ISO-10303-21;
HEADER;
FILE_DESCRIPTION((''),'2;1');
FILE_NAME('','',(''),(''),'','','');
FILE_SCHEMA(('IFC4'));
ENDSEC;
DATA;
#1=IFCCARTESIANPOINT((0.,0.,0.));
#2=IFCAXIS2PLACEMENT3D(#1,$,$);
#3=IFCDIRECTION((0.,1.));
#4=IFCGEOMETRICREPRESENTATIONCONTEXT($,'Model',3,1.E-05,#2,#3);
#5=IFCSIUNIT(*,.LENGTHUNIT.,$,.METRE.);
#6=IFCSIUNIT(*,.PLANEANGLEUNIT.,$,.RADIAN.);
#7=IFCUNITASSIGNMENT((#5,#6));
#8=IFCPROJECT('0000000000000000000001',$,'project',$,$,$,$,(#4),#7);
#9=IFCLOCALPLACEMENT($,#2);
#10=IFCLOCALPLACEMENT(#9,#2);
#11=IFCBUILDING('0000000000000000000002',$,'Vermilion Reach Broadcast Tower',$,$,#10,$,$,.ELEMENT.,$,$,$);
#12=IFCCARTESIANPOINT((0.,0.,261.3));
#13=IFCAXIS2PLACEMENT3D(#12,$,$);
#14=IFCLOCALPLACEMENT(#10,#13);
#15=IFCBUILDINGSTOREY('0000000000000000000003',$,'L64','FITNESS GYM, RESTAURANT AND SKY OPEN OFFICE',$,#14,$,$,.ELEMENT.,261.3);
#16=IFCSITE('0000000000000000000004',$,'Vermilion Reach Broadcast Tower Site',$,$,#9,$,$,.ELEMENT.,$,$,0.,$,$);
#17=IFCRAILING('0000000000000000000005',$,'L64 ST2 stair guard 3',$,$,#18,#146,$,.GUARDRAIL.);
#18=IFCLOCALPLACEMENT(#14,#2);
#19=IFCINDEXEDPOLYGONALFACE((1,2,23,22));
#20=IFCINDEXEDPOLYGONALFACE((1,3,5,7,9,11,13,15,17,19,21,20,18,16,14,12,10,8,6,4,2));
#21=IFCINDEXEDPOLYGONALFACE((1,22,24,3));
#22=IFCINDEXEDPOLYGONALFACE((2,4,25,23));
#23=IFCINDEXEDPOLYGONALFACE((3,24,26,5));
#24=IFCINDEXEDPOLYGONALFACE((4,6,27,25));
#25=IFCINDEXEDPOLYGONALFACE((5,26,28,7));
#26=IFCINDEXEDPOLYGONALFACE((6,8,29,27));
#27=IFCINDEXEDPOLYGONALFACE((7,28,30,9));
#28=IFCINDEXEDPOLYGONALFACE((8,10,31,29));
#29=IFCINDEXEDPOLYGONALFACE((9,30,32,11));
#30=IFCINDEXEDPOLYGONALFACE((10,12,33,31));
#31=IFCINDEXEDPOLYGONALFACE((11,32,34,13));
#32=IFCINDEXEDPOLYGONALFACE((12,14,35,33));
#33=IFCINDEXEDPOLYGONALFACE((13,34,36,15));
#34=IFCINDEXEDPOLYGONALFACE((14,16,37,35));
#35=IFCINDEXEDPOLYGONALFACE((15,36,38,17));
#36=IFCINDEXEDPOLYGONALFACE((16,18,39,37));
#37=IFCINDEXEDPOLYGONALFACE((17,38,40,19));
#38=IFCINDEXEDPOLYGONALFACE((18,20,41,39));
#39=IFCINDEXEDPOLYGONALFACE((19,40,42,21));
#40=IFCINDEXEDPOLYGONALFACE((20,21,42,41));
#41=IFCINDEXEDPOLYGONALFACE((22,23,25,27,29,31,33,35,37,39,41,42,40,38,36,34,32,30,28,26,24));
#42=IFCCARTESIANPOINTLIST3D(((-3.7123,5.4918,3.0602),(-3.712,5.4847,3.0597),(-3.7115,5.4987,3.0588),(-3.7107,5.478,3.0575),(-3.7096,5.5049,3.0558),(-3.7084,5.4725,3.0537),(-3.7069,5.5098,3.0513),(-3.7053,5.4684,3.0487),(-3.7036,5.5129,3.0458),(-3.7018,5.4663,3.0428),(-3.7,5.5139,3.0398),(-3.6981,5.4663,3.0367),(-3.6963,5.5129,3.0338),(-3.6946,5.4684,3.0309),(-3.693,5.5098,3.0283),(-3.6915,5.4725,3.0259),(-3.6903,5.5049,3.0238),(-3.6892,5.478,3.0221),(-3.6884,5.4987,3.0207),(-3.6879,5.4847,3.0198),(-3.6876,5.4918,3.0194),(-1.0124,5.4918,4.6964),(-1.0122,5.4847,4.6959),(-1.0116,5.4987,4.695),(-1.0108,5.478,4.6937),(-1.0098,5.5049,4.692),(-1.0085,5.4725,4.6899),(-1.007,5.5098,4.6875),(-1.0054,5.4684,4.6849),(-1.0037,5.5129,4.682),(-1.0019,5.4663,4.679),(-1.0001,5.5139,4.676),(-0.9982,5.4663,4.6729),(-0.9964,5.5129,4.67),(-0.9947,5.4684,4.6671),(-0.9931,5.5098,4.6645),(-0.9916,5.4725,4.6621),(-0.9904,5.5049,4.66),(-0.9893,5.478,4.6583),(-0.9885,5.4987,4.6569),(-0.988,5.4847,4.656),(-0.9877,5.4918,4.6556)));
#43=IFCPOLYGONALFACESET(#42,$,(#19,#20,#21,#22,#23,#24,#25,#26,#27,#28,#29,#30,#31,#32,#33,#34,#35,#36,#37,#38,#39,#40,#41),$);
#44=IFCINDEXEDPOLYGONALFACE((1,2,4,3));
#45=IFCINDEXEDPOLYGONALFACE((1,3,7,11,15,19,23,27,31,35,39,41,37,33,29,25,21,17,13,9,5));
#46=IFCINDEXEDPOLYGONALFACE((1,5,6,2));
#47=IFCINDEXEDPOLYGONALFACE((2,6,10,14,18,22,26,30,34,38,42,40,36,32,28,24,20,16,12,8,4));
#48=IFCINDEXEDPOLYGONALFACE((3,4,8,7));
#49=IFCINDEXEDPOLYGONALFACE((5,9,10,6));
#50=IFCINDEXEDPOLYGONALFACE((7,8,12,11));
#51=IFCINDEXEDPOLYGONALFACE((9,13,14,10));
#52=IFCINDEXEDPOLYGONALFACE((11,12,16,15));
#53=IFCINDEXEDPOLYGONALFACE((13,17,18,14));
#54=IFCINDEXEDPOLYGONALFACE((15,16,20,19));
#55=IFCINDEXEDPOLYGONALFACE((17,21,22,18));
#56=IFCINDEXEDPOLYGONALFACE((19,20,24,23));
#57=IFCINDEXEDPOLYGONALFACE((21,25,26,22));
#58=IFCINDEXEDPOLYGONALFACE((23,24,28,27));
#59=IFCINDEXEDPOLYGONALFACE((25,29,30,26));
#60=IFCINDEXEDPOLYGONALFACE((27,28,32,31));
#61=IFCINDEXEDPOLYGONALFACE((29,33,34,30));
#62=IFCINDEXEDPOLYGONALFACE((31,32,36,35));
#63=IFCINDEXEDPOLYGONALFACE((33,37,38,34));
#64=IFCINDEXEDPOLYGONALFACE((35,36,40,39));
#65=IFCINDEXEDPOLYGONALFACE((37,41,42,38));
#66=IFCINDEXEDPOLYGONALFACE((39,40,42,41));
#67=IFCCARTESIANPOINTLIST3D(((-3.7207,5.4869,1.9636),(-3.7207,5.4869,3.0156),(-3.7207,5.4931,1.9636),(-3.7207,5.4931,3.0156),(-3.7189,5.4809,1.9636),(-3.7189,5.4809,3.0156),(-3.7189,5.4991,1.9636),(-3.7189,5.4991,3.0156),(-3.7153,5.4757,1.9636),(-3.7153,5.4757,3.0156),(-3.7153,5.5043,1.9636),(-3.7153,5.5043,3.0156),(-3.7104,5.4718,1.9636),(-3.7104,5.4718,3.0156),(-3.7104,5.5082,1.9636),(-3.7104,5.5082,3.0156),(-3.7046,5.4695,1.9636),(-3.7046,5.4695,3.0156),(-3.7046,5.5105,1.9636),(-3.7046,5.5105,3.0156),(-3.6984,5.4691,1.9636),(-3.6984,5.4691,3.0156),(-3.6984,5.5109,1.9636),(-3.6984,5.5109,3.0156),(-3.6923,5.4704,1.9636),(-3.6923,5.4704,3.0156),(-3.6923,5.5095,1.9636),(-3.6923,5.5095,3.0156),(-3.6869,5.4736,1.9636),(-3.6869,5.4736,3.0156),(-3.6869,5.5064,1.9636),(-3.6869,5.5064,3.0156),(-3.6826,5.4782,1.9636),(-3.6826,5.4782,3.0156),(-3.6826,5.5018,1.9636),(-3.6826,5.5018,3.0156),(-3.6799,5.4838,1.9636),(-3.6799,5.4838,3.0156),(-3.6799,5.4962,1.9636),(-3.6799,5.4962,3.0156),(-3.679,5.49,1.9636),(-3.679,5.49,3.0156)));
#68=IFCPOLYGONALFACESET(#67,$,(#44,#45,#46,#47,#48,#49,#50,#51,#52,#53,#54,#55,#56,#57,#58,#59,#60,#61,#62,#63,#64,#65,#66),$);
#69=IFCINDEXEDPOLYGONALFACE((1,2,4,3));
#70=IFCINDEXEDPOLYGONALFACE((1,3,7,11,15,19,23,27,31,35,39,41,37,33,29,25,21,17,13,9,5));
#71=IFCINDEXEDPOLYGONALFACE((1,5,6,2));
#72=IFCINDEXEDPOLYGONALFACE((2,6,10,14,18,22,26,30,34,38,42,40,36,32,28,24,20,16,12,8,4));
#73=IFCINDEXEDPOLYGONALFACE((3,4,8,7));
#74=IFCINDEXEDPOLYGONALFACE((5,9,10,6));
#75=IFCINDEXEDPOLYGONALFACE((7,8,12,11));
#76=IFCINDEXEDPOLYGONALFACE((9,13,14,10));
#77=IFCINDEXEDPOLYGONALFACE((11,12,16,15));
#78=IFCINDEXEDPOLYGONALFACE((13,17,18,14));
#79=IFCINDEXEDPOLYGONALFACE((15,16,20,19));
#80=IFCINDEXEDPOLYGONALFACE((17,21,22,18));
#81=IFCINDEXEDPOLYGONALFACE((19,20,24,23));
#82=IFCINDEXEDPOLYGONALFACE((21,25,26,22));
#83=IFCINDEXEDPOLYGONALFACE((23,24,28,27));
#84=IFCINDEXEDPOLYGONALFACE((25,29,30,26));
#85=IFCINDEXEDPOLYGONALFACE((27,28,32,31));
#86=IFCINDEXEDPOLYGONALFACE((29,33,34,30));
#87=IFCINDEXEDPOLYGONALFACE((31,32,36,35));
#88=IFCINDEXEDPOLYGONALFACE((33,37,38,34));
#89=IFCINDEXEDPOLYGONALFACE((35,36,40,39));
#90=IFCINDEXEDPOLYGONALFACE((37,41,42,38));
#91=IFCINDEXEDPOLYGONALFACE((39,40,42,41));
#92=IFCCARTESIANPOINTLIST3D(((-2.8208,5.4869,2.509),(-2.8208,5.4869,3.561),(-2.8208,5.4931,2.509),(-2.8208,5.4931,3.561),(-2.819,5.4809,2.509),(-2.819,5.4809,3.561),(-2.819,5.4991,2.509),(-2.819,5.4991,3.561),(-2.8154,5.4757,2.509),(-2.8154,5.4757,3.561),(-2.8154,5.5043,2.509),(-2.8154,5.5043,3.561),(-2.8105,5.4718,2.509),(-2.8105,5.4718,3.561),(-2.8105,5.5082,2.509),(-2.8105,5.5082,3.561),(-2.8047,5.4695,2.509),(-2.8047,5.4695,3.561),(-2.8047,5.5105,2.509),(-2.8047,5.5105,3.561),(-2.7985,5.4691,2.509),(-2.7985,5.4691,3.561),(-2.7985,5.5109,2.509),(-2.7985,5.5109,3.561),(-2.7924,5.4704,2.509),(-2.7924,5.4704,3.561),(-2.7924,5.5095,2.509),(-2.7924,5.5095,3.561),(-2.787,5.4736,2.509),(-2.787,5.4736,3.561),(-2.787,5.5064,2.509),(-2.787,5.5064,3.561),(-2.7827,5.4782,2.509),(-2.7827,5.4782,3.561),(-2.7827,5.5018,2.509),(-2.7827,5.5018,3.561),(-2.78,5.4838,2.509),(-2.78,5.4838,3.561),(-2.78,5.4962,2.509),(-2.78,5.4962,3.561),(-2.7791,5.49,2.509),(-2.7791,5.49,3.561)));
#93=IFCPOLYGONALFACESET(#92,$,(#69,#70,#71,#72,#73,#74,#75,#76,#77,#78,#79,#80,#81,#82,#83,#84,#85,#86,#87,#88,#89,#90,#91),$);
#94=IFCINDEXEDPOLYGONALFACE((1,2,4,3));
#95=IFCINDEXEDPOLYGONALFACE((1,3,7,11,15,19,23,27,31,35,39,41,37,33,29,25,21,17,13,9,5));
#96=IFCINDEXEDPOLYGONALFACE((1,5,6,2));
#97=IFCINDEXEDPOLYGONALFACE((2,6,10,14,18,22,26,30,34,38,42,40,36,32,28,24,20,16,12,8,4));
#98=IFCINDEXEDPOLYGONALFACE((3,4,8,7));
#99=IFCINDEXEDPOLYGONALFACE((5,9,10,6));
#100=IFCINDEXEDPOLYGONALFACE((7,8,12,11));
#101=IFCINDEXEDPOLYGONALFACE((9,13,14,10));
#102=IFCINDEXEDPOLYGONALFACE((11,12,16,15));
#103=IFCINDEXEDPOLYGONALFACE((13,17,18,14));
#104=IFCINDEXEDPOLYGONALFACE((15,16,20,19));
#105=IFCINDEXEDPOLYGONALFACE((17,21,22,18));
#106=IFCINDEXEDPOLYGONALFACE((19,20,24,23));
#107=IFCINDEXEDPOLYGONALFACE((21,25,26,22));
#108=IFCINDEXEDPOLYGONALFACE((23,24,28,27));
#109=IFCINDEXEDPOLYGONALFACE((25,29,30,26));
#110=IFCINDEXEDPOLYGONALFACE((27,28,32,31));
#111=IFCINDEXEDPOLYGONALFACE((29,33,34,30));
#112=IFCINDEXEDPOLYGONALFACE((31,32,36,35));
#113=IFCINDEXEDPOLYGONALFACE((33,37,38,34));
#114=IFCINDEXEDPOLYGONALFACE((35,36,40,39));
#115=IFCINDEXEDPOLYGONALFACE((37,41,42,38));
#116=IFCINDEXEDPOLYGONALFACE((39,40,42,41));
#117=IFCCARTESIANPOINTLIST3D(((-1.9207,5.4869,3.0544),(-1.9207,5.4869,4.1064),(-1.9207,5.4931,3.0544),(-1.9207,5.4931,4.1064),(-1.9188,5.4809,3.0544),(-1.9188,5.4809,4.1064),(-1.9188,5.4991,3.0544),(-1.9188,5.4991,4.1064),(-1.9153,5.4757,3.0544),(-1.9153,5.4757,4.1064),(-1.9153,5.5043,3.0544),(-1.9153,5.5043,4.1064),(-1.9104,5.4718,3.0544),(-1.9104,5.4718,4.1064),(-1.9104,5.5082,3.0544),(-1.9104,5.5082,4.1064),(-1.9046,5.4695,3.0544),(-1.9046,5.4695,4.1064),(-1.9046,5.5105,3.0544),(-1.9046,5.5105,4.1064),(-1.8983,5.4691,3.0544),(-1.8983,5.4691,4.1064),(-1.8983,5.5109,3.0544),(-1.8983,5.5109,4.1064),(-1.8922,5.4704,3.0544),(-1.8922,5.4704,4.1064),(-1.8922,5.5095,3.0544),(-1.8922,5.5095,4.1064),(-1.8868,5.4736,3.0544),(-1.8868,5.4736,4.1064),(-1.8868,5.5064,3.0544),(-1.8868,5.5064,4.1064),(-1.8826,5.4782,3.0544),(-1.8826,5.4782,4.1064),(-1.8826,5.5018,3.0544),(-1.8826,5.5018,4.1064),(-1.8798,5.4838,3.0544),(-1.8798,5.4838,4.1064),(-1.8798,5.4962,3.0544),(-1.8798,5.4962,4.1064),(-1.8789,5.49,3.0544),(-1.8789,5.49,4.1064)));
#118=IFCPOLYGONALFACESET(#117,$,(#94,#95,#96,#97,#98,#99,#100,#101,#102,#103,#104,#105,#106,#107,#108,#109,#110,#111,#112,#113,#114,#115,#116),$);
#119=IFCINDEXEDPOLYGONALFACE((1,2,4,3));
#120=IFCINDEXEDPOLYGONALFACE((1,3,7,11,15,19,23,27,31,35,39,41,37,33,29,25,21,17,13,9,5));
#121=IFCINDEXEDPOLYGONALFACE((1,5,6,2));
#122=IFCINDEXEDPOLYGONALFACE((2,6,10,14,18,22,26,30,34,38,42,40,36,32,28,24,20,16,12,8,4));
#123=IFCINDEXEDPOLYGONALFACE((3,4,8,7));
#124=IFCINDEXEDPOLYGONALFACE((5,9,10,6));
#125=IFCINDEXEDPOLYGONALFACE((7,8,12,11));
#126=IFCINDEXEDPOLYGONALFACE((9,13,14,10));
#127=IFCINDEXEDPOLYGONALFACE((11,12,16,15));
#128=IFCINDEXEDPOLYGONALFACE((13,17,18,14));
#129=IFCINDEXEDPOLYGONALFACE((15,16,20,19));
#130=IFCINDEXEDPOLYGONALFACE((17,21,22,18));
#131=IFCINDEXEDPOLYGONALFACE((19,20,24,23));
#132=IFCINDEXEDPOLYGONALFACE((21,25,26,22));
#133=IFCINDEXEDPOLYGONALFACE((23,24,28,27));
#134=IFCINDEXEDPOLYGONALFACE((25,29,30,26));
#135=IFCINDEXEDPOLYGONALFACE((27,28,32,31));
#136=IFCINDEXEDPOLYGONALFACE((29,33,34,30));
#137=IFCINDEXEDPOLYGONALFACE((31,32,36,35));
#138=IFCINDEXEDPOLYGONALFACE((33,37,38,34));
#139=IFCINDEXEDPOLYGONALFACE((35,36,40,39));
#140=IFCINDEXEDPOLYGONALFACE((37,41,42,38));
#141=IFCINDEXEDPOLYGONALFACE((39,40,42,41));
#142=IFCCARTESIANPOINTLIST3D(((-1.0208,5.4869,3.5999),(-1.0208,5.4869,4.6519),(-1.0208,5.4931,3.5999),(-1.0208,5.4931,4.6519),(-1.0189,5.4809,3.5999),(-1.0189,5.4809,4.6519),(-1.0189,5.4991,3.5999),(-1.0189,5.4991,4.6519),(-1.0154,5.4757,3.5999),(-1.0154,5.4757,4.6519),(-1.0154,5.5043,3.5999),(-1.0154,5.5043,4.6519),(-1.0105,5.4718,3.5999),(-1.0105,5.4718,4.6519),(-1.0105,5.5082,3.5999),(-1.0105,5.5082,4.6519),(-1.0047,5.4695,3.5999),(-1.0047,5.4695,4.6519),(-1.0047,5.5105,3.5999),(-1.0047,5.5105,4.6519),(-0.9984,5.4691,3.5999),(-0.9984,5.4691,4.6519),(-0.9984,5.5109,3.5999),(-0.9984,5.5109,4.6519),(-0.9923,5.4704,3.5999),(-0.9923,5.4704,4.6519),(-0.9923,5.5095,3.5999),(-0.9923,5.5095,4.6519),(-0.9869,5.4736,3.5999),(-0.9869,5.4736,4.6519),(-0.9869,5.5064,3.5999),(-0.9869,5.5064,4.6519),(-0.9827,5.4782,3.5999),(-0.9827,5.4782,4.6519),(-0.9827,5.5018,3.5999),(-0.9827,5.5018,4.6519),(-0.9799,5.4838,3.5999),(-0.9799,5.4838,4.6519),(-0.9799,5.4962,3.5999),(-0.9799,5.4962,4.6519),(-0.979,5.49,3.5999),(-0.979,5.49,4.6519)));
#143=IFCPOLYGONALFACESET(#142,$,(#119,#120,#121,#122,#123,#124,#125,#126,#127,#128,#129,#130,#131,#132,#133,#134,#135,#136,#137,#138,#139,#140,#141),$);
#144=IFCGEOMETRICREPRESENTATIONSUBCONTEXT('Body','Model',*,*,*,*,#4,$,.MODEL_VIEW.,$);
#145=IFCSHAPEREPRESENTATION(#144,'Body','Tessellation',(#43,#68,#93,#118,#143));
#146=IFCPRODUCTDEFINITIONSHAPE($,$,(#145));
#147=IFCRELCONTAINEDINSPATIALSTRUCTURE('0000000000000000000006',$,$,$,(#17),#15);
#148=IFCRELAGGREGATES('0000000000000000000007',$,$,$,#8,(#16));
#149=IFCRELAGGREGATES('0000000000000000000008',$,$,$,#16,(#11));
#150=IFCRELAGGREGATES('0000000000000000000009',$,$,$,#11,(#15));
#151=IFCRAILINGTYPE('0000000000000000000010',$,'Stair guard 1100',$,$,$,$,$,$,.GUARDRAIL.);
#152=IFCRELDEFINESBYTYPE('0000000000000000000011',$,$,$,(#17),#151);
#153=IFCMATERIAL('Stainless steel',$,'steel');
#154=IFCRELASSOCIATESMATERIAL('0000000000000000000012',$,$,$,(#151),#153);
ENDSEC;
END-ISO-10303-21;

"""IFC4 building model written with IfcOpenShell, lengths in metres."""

from ifc_helpers import new_model, si_unit, direction, frame, origin, origin_2d, place, context, subcontext, project, spatial, circle, extrude, material, type_object, element, save


model = new_model("IFC4")

# Units and contexts
model_context = context("Model", 3, precision=1e-05, world=origin(), true_north=direction((0.0, 1.0)))
body_context = subcontext(model_context, "Body", "Model", "MODEL_VIEW")
ifc_project = project(units=[si_unit("LENGTHUNIT", "METRE"), si_unit("PLANEANGLEUNIT", "RADIAN")], contexts=[model_context])

# Site, building, storey
site_placement = place(None, origin())
site = spatial("IfcSite", under=ifc_project, at=site_placement, Name="Vermilion Reach Broadcast Tower Site", CompositionType="ELEMENT", RefElevation=0.0)
building_placement = place(site_placement, origin())
building = spatial("IfcBuilding", under=site, at=building_placement, Name="Vermilion Reach Broadcast Tower", CompositionType="ELEMENT")
storey_placement = place(building_placement, frame((0.0, 0.0, 261.3)))
storey = spatial("IfcBuildingStorey", under=building, at=storey_placement, Name="L64", Description="FITNESS GYM, RESTAURANT AND SKY OPEN OFFICE", CompositionType="ELEMENT", Elevation=261.3)

# Railing
ifc_material_1 = material(Name="Stainless steel", Category="steel")
railing_type_1 = type_object("IfcRailingType", Name="Stair guard 1100", PredefinedType="GUARDRAIL", material=ifc_material_1)
railing_1_placement = place(storey_placement, frame((-3.7, 5.49, 1.9636)))
element("IfcRailing", 1, at=railing_1_placement, inside=storey, type_object=railing_type_1, Name="L64 ST2 stair guard 3", PredefinedType="GUARDRAIL", context=body_context, shape_type="SweptSolid", body=[
    extrude(circle(Radius=0.0239, at=origin_2d()), frame((0.0, 0.0, 1.0762), z_axis=(0.855212, 0.0, 0.518278), x_axis=(0.0, 1.0, 0.0)), (0.0, 0.0, 1.0), 3.157),
    extrude(circle(Radius=0.021, at=origin_2d()), origin(), (0.0, 0.0, 1.0), 1.052),
    extrude(circle(Radius=0.021, at=origin_2d()), frame((0.8999, 0.0, 0.5454)), (0.0, 0.0, 1.0), 1.052),
    extrude(circle(Radius=0.021, at=origin_2d()), frame((1.8, 0.0, 1.0908)), (0.0, 0.0, 1.0), 1.052),
    extrude(circle(Radius=0.021, at=origin_2d()), frame((2.7, 0.0, 1.6362)), (0.0, 0.0, 1.0), 1.052),
])

save(model, "model.ifc")
